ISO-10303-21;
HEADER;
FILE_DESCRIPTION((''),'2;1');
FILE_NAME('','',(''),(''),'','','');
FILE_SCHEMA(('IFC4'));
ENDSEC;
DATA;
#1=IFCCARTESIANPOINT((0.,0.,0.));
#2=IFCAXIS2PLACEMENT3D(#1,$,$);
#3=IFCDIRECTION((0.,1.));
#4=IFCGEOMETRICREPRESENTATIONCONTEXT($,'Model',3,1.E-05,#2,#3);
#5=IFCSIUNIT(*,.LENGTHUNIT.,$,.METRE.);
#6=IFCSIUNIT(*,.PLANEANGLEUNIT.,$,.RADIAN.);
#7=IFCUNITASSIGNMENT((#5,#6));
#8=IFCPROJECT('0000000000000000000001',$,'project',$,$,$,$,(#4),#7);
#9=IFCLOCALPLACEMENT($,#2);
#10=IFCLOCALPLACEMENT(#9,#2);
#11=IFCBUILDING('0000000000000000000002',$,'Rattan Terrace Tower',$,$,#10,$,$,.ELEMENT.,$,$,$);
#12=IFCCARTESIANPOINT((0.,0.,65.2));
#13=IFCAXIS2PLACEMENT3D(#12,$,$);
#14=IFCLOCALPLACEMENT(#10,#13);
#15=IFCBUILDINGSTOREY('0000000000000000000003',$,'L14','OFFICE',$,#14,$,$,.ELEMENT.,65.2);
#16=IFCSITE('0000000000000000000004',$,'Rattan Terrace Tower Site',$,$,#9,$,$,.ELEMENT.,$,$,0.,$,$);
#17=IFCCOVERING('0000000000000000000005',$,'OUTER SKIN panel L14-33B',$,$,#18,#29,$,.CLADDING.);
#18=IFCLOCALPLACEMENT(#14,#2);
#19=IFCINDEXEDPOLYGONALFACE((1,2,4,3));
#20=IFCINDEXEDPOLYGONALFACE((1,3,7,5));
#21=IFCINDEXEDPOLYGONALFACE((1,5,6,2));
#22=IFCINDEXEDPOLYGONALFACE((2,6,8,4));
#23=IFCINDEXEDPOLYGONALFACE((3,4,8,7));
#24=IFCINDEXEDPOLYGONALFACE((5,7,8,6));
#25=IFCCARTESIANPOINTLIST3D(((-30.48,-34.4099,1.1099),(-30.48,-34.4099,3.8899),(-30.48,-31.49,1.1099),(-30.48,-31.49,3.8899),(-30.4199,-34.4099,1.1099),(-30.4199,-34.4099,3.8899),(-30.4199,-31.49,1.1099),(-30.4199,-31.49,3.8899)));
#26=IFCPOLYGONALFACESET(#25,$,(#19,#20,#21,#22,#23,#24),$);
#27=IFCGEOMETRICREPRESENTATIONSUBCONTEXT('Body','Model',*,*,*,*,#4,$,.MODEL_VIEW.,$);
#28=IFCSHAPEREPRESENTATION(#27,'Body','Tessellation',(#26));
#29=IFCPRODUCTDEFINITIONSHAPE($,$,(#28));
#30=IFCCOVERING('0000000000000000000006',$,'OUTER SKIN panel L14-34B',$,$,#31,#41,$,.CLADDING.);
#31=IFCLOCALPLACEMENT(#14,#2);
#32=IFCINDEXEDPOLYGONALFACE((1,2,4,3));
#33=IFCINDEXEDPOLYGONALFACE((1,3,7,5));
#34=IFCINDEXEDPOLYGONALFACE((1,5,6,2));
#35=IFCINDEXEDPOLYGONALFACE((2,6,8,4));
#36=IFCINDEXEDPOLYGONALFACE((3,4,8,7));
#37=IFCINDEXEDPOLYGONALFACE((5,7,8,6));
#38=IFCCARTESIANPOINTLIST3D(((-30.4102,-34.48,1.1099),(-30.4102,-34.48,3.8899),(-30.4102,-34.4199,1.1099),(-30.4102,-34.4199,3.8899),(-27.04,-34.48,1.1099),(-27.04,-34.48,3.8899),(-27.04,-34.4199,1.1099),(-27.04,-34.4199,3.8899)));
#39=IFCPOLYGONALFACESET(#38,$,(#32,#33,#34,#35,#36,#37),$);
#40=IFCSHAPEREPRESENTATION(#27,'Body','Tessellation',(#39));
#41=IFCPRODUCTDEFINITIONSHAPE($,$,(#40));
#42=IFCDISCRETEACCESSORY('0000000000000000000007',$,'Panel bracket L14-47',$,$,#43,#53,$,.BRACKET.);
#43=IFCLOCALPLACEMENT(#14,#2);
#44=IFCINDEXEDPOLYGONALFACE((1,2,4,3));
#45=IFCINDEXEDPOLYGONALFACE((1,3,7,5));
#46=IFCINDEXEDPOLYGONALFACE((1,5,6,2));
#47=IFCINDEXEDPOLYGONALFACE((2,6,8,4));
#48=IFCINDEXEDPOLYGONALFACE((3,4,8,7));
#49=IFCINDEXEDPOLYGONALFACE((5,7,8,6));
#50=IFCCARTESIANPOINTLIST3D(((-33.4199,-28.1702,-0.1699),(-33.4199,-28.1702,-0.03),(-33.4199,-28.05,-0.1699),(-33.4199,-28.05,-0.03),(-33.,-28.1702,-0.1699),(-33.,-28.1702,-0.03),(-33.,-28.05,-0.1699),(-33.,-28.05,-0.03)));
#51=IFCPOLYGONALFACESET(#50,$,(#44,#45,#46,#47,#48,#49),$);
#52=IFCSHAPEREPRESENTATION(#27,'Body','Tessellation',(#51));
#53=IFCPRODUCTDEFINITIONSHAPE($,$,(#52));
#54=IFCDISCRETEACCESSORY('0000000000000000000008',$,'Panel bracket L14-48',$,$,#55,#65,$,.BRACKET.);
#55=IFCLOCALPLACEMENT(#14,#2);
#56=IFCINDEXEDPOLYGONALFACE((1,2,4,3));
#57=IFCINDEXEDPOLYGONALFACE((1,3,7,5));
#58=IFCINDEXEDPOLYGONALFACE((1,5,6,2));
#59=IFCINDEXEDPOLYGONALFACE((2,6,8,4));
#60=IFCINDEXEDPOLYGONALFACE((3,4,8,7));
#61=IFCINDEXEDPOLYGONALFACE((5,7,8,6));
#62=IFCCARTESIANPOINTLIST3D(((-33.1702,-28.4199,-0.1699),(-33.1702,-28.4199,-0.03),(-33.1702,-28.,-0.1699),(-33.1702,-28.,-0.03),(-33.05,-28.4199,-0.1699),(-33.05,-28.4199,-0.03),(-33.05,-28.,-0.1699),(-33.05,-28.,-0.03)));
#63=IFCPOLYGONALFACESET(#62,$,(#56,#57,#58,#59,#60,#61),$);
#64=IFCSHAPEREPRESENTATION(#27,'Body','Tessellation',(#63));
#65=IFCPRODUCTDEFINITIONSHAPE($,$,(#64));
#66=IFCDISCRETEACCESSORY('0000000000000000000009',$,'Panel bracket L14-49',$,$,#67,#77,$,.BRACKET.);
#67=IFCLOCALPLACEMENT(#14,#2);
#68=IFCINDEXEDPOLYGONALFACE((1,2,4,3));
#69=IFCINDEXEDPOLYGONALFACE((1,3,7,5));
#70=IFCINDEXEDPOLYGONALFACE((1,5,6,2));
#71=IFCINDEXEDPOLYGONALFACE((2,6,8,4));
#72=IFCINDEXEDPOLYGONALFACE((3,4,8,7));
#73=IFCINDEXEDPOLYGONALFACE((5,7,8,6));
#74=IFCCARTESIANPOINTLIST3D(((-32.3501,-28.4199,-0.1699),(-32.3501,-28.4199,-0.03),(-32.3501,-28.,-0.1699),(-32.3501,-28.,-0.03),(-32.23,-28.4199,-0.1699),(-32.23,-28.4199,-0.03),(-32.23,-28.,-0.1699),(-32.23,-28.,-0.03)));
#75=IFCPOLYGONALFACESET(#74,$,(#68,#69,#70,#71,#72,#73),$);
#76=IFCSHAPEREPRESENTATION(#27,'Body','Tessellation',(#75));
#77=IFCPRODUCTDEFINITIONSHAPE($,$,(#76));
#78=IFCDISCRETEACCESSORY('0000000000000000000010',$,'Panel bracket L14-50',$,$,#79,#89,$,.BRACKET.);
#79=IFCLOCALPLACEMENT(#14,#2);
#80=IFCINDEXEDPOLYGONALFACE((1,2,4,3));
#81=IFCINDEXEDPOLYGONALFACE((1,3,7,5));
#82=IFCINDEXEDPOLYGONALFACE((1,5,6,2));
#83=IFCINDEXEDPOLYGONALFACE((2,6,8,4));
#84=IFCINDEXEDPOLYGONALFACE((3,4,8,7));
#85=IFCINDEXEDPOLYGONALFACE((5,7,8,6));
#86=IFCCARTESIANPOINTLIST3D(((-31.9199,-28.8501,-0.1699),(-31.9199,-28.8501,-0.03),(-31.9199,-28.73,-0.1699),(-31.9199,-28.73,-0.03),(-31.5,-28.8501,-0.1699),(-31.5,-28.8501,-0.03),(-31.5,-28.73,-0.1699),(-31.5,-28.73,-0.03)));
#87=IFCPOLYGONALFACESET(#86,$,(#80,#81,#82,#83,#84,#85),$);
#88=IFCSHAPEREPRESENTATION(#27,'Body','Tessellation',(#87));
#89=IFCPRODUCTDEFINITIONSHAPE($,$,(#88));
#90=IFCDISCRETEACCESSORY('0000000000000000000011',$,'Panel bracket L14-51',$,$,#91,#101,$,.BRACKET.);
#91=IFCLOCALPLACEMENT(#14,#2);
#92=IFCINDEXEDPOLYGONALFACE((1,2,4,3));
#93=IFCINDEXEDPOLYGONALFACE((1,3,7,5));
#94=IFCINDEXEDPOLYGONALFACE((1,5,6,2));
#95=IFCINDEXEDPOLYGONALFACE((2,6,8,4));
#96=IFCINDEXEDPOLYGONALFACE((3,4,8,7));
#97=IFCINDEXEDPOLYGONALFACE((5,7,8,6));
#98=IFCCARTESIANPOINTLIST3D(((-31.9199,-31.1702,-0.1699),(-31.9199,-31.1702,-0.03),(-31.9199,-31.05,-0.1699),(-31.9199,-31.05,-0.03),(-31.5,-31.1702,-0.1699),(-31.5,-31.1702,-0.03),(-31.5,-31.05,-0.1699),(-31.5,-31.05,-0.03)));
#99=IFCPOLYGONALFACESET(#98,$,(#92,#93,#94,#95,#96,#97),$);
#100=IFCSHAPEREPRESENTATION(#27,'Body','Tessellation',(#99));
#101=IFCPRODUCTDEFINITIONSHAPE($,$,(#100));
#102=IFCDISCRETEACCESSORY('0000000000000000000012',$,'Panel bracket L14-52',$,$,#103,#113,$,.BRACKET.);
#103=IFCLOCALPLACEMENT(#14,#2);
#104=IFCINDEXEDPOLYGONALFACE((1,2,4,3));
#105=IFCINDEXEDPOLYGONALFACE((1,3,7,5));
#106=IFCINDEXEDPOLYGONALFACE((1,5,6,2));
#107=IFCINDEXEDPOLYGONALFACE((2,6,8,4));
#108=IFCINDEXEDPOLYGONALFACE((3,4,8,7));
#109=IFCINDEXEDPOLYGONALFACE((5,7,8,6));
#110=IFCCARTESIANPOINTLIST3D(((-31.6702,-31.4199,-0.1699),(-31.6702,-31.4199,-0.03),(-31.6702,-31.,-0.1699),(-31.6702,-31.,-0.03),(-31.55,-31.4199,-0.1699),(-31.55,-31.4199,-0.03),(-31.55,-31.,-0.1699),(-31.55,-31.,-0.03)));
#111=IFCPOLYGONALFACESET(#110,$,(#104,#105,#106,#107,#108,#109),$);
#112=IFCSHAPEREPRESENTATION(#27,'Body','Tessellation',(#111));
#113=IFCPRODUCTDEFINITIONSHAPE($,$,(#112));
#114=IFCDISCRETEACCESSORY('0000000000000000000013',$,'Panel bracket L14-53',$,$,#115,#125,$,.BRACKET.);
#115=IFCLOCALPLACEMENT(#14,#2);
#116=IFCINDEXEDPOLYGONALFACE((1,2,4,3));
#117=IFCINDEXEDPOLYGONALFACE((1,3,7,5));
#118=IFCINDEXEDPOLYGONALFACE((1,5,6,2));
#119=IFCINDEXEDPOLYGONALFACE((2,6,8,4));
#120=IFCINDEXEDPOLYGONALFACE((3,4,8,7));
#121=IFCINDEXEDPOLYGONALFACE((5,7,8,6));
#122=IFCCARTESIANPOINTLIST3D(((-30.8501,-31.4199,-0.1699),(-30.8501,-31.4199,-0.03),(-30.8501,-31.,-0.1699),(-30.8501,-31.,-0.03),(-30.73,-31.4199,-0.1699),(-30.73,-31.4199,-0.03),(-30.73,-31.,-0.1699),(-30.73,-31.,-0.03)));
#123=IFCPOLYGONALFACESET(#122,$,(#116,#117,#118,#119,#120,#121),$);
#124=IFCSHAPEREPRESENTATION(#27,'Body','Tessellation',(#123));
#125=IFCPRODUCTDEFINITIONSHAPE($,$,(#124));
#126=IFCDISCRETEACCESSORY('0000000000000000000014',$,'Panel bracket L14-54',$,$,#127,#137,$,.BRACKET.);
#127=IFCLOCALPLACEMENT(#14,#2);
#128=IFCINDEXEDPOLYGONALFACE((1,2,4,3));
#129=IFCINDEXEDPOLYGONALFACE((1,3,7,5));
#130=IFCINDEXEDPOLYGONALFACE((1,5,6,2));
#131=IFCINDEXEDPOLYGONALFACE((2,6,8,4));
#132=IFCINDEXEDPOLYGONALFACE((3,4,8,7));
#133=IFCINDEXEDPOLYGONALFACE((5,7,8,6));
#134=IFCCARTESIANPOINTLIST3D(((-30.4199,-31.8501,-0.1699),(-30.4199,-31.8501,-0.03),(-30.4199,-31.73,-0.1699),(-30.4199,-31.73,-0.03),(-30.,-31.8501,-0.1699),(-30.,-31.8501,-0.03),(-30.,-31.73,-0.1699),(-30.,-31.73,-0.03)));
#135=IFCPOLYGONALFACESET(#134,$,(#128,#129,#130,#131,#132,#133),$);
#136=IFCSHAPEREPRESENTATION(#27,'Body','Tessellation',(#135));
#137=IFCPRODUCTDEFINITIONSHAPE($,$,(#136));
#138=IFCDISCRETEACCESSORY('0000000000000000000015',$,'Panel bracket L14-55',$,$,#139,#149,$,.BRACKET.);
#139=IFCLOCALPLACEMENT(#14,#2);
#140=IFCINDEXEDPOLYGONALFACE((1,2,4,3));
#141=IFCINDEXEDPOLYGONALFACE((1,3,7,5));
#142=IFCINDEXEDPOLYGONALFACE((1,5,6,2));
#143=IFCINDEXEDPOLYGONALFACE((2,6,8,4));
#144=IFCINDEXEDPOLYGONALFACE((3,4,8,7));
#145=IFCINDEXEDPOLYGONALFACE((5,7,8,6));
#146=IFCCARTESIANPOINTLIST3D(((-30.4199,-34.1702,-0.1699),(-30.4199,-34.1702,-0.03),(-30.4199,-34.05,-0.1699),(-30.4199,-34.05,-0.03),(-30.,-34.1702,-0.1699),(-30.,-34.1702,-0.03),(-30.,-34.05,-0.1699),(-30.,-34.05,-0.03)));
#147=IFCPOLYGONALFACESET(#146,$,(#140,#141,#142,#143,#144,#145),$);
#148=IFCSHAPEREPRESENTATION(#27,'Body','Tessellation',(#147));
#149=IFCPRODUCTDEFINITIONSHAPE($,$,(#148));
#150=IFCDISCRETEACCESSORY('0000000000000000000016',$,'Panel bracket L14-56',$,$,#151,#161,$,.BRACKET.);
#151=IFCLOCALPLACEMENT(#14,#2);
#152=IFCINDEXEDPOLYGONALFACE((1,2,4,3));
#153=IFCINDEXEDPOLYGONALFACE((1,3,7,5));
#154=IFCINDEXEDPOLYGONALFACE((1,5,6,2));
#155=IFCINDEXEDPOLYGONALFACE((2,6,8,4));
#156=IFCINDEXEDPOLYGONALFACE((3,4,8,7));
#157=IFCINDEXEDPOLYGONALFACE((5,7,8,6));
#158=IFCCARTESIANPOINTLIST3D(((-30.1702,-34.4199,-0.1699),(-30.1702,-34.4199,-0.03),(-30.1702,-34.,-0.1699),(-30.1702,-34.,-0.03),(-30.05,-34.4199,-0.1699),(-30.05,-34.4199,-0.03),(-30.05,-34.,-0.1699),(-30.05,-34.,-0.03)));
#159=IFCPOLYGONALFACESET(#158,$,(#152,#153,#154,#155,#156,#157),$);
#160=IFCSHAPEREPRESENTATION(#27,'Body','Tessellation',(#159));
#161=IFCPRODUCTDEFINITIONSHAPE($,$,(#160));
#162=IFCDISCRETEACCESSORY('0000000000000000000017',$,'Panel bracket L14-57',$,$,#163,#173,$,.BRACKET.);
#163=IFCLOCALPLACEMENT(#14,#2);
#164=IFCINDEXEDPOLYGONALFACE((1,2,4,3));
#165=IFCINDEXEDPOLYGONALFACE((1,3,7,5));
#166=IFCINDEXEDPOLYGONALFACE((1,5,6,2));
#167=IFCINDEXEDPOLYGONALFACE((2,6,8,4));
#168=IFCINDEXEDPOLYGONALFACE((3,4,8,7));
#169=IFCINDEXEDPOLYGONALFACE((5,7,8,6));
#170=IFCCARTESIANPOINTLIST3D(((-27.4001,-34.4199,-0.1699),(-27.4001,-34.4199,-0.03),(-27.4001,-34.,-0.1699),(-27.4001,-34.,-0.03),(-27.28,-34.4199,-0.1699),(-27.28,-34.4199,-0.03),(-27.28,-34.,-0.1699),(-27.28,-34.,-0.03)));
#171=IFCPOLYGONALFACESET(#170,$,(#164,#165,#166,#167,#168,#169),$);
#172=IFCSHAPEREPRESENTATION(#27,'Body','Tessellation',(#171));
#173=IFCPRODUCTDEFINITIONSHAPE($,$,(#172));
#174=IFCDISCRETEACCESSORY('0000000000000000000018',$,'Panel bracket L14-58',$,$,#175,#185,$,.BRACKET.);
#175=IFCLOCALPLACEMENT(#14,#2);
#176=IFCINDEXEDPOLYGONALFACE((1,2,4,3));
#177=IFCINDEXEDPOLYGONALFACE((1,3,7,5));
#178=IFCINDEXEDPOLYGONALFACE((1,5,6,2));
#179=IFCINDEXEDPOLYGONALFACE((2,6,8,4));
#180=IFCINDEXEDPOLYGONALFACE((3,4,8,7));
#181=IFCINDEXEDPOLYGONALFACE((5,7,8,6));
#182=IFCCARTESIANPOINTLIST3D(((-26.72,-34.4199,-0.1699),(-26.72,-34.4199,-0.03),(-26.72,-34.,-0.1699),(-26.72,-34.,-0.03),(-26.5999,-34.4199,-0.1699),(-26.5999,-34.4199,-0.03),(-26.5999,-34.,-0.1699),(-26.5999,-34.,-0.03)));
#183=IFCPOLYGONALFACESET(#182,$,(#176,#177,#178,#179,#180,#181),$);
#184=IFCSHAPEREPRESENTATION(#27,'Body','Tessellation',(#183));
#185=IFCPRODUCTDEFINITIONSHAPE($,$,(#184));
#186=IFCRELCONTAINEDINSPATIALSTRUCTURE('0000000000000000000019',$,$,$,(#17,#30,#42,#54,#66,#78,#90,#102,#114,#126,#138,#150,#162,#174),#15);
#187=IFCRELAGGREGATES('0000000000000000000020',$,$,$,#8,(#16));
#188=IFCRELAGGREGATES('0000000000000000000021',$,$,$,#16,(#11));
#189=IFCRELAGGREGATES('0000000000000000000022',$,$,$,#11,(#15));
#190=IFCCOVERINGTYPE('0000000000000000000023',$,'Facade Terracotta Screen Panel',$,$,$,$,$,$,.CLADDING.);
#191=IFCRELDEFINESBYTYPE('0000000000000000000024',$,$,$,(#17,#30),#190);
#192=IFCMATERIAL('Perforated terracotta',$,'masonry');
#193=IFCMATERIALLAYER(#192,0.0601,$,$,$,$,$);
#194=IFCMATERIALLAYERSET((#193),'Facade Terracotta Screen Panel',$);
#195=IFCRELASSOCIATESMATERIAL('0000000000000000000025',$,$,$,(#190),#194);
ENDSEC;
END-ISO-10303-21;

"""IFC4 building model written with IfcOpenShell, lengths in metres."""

from ifc_helpers import new_model, si_unit, direction, frame, origin, origin_2d, place, context, subcontext, project, spatial, rectangle, extrude, material, layer, layer_set, type_object, element, save


model = new_model("IFC4")

# Units and contexts
model_context = context("Model", 3, precision=1e-05, world=origin(), true_north=direction((0.0, 1.0)))
body_context = subcontext(model_context, "Body", "Model", "MODEL_VIEW")
ifc_project = project(units=[si_unit("LENGTHUNIT", "METRE"), si_unit("PLANEANGLEUNIT", "RADIAN")], contexts=[model_context])

# Site, building, storey
site_placement = place(None, origin())
site = spatial("IfcSite", under=ifc_project, at=site_placement, Name="Rattan Terrace Tower Site", CompositionType="ELEMENT", RefElevation=0.0)
building_placement = place(site_placement, origin())
building = spatial("IfcBuilding", under=site, at=building_placement, Name="Rattan Terrace Tower", CompositionType="ELEMENT")
storey_placement = place(building_placement, frame((0.0, 0.0, 65.2)))
storey = spatial("IfcBuildingStorey", under=building, at=storey_placement, Name="L14", Description="OFFICE", CompositionType="ELEMENT", Elevation=65.2)

# Coverings
ifc_material_1 = material(Name="Perforated terracotta", Category="masonry")
ifc_layer_1 = layer(ifc_material_1, 0.0601)
ifc_layer_set_1 = layer_set([ifc_layer_1], Name="Facade Terracotta Screen Panel")
covering_type_1 = type_object("IfcCoveringType", Name="Facade Terracotta Screen Panel", PredefinedType="CLADDING", material=ifc_layer_set_1)
covering_1_placement = place(storey_placement, frame((-30.45, -32.95, 1.1099), z_axis=(0.0, 0.0, 1.0), x_axis=(0.0, -1.0, 0.0)))
element("IfcCovering", 1, at=covering_1_placement, inside=storey, type_object=covering_type_1, Name="OUTER SKIN panel L14-33B", PredefinedType="CLADDING", context=body_context, shape_type="SweptSolid", body=[
    extrude(rectangle(XDim=2.9199, YDim=0.0601, at=origin_2d()), origin(), (0.0, 0.0, 1.0), 2.78),
])
covering_2_placement = place(storey_placement, frame((-28.7251, -34.45, 1.1099), z_axis=(0.0, 0.0, 1.0), x_axis=(1.0, 0.0, 0.0)))
element("IfcCovering", 2, at=covering_2_placement, inside=storey, type_object=covering_type_1, Name="OUTER SKIN panel L14-34B", PredefinedType="CLADDING", context=body_context, shape_type="SweptSolid", body=[
    extrude(rectangle(XDim=3.3701, YDim=0.0601, at=origin_2d()), origin(), (0.0, 0.0, 1.0), 2.78),
])

# Discrete accessories
for number, where, z_axis, x_axis, name in (
    (3, (-33.21, -28.1101, -0.1699), (0.0, 0.0, 1.0), (0.0, -1.0, 0.0), "Panel bracket L14-47"),
    (4, (-33.1101, -28.21, -0.1699), (0.0, 0.0, 1.0), (1.0, 0.0, 0.0), "Panel bracket L14-48"),
    (5, (-32.29, -28.21, -0.1699), (0.0, 0.0, 1.0), (1.0, 0.0, 0.0), "Panel bracket L14-49"),
    (6, (-31.71, -28.79, -0.1699), (0.0, 0.0, 1.0), (0.0, -1.0, 0.0), "Panel bracket L14-50"),
    (7, (-31.71, -31.1101, -0.1699), (0.0, 0.0, 1.0), (0.0, -1.0, 0.0), "Panel bracket L14-51"),
    (8, (-31.6101, -31.21, -0.1699), (0.0, 0.0, 1.0), (1.0, 0.0, 0.0), "Panel bracket L14-52"),
    (9, (-30.79, -31.21, -0.1699), (0.0, 0.0, 1.0), (1.0, 0.0, 0.0), "Panel bracket L14-53"),
    (10, (-30.21, -31.79, -0.1699), (0.0, 0.0, 1.0), (0.0, -1.0, 0.0), "Panel bracket L14-54"),
    (11, (-30.21, -34.1101, -0.1699), (0.0, 0.0, 1.0), (0.0, -1.0, 0.0), "Panel bracket L14-55"),
    (12, (-30.1101, -34.21, -0.1699), (0.0, 0.0, 1.0), (1.0, 0.0, 0.0), "Panel bracket L14-56"),
    (13, (-27.3401, -34.21, -0.1699), (0.0, 0.0, 1.0), (1.0, 0.0, 0.0), "Panel bracket L14-57"),
    (14, (-26.6599, -34.21, -0.1699), (0.0, 0.0, 1.0), (1.0, 0.0, 0.0), "Panel bracket L14-58"),
):
    element("IfcDiscreteAccessory", number, at=place(storey_placement, frame(where, z_axis=z_axis, x_axis=x_axis)), inside=storey, Name=name, PredefinedType="BRACKET", context=body_context, shape_type="SweptSolid", body=[
        extrude(rectangle(XDim=0.1201, YDim=0.4199, at=origin_2d()), origin(), (0.0, 0.0, 1.0), 0.1399),
    ])

save(model, "model.ifc")
